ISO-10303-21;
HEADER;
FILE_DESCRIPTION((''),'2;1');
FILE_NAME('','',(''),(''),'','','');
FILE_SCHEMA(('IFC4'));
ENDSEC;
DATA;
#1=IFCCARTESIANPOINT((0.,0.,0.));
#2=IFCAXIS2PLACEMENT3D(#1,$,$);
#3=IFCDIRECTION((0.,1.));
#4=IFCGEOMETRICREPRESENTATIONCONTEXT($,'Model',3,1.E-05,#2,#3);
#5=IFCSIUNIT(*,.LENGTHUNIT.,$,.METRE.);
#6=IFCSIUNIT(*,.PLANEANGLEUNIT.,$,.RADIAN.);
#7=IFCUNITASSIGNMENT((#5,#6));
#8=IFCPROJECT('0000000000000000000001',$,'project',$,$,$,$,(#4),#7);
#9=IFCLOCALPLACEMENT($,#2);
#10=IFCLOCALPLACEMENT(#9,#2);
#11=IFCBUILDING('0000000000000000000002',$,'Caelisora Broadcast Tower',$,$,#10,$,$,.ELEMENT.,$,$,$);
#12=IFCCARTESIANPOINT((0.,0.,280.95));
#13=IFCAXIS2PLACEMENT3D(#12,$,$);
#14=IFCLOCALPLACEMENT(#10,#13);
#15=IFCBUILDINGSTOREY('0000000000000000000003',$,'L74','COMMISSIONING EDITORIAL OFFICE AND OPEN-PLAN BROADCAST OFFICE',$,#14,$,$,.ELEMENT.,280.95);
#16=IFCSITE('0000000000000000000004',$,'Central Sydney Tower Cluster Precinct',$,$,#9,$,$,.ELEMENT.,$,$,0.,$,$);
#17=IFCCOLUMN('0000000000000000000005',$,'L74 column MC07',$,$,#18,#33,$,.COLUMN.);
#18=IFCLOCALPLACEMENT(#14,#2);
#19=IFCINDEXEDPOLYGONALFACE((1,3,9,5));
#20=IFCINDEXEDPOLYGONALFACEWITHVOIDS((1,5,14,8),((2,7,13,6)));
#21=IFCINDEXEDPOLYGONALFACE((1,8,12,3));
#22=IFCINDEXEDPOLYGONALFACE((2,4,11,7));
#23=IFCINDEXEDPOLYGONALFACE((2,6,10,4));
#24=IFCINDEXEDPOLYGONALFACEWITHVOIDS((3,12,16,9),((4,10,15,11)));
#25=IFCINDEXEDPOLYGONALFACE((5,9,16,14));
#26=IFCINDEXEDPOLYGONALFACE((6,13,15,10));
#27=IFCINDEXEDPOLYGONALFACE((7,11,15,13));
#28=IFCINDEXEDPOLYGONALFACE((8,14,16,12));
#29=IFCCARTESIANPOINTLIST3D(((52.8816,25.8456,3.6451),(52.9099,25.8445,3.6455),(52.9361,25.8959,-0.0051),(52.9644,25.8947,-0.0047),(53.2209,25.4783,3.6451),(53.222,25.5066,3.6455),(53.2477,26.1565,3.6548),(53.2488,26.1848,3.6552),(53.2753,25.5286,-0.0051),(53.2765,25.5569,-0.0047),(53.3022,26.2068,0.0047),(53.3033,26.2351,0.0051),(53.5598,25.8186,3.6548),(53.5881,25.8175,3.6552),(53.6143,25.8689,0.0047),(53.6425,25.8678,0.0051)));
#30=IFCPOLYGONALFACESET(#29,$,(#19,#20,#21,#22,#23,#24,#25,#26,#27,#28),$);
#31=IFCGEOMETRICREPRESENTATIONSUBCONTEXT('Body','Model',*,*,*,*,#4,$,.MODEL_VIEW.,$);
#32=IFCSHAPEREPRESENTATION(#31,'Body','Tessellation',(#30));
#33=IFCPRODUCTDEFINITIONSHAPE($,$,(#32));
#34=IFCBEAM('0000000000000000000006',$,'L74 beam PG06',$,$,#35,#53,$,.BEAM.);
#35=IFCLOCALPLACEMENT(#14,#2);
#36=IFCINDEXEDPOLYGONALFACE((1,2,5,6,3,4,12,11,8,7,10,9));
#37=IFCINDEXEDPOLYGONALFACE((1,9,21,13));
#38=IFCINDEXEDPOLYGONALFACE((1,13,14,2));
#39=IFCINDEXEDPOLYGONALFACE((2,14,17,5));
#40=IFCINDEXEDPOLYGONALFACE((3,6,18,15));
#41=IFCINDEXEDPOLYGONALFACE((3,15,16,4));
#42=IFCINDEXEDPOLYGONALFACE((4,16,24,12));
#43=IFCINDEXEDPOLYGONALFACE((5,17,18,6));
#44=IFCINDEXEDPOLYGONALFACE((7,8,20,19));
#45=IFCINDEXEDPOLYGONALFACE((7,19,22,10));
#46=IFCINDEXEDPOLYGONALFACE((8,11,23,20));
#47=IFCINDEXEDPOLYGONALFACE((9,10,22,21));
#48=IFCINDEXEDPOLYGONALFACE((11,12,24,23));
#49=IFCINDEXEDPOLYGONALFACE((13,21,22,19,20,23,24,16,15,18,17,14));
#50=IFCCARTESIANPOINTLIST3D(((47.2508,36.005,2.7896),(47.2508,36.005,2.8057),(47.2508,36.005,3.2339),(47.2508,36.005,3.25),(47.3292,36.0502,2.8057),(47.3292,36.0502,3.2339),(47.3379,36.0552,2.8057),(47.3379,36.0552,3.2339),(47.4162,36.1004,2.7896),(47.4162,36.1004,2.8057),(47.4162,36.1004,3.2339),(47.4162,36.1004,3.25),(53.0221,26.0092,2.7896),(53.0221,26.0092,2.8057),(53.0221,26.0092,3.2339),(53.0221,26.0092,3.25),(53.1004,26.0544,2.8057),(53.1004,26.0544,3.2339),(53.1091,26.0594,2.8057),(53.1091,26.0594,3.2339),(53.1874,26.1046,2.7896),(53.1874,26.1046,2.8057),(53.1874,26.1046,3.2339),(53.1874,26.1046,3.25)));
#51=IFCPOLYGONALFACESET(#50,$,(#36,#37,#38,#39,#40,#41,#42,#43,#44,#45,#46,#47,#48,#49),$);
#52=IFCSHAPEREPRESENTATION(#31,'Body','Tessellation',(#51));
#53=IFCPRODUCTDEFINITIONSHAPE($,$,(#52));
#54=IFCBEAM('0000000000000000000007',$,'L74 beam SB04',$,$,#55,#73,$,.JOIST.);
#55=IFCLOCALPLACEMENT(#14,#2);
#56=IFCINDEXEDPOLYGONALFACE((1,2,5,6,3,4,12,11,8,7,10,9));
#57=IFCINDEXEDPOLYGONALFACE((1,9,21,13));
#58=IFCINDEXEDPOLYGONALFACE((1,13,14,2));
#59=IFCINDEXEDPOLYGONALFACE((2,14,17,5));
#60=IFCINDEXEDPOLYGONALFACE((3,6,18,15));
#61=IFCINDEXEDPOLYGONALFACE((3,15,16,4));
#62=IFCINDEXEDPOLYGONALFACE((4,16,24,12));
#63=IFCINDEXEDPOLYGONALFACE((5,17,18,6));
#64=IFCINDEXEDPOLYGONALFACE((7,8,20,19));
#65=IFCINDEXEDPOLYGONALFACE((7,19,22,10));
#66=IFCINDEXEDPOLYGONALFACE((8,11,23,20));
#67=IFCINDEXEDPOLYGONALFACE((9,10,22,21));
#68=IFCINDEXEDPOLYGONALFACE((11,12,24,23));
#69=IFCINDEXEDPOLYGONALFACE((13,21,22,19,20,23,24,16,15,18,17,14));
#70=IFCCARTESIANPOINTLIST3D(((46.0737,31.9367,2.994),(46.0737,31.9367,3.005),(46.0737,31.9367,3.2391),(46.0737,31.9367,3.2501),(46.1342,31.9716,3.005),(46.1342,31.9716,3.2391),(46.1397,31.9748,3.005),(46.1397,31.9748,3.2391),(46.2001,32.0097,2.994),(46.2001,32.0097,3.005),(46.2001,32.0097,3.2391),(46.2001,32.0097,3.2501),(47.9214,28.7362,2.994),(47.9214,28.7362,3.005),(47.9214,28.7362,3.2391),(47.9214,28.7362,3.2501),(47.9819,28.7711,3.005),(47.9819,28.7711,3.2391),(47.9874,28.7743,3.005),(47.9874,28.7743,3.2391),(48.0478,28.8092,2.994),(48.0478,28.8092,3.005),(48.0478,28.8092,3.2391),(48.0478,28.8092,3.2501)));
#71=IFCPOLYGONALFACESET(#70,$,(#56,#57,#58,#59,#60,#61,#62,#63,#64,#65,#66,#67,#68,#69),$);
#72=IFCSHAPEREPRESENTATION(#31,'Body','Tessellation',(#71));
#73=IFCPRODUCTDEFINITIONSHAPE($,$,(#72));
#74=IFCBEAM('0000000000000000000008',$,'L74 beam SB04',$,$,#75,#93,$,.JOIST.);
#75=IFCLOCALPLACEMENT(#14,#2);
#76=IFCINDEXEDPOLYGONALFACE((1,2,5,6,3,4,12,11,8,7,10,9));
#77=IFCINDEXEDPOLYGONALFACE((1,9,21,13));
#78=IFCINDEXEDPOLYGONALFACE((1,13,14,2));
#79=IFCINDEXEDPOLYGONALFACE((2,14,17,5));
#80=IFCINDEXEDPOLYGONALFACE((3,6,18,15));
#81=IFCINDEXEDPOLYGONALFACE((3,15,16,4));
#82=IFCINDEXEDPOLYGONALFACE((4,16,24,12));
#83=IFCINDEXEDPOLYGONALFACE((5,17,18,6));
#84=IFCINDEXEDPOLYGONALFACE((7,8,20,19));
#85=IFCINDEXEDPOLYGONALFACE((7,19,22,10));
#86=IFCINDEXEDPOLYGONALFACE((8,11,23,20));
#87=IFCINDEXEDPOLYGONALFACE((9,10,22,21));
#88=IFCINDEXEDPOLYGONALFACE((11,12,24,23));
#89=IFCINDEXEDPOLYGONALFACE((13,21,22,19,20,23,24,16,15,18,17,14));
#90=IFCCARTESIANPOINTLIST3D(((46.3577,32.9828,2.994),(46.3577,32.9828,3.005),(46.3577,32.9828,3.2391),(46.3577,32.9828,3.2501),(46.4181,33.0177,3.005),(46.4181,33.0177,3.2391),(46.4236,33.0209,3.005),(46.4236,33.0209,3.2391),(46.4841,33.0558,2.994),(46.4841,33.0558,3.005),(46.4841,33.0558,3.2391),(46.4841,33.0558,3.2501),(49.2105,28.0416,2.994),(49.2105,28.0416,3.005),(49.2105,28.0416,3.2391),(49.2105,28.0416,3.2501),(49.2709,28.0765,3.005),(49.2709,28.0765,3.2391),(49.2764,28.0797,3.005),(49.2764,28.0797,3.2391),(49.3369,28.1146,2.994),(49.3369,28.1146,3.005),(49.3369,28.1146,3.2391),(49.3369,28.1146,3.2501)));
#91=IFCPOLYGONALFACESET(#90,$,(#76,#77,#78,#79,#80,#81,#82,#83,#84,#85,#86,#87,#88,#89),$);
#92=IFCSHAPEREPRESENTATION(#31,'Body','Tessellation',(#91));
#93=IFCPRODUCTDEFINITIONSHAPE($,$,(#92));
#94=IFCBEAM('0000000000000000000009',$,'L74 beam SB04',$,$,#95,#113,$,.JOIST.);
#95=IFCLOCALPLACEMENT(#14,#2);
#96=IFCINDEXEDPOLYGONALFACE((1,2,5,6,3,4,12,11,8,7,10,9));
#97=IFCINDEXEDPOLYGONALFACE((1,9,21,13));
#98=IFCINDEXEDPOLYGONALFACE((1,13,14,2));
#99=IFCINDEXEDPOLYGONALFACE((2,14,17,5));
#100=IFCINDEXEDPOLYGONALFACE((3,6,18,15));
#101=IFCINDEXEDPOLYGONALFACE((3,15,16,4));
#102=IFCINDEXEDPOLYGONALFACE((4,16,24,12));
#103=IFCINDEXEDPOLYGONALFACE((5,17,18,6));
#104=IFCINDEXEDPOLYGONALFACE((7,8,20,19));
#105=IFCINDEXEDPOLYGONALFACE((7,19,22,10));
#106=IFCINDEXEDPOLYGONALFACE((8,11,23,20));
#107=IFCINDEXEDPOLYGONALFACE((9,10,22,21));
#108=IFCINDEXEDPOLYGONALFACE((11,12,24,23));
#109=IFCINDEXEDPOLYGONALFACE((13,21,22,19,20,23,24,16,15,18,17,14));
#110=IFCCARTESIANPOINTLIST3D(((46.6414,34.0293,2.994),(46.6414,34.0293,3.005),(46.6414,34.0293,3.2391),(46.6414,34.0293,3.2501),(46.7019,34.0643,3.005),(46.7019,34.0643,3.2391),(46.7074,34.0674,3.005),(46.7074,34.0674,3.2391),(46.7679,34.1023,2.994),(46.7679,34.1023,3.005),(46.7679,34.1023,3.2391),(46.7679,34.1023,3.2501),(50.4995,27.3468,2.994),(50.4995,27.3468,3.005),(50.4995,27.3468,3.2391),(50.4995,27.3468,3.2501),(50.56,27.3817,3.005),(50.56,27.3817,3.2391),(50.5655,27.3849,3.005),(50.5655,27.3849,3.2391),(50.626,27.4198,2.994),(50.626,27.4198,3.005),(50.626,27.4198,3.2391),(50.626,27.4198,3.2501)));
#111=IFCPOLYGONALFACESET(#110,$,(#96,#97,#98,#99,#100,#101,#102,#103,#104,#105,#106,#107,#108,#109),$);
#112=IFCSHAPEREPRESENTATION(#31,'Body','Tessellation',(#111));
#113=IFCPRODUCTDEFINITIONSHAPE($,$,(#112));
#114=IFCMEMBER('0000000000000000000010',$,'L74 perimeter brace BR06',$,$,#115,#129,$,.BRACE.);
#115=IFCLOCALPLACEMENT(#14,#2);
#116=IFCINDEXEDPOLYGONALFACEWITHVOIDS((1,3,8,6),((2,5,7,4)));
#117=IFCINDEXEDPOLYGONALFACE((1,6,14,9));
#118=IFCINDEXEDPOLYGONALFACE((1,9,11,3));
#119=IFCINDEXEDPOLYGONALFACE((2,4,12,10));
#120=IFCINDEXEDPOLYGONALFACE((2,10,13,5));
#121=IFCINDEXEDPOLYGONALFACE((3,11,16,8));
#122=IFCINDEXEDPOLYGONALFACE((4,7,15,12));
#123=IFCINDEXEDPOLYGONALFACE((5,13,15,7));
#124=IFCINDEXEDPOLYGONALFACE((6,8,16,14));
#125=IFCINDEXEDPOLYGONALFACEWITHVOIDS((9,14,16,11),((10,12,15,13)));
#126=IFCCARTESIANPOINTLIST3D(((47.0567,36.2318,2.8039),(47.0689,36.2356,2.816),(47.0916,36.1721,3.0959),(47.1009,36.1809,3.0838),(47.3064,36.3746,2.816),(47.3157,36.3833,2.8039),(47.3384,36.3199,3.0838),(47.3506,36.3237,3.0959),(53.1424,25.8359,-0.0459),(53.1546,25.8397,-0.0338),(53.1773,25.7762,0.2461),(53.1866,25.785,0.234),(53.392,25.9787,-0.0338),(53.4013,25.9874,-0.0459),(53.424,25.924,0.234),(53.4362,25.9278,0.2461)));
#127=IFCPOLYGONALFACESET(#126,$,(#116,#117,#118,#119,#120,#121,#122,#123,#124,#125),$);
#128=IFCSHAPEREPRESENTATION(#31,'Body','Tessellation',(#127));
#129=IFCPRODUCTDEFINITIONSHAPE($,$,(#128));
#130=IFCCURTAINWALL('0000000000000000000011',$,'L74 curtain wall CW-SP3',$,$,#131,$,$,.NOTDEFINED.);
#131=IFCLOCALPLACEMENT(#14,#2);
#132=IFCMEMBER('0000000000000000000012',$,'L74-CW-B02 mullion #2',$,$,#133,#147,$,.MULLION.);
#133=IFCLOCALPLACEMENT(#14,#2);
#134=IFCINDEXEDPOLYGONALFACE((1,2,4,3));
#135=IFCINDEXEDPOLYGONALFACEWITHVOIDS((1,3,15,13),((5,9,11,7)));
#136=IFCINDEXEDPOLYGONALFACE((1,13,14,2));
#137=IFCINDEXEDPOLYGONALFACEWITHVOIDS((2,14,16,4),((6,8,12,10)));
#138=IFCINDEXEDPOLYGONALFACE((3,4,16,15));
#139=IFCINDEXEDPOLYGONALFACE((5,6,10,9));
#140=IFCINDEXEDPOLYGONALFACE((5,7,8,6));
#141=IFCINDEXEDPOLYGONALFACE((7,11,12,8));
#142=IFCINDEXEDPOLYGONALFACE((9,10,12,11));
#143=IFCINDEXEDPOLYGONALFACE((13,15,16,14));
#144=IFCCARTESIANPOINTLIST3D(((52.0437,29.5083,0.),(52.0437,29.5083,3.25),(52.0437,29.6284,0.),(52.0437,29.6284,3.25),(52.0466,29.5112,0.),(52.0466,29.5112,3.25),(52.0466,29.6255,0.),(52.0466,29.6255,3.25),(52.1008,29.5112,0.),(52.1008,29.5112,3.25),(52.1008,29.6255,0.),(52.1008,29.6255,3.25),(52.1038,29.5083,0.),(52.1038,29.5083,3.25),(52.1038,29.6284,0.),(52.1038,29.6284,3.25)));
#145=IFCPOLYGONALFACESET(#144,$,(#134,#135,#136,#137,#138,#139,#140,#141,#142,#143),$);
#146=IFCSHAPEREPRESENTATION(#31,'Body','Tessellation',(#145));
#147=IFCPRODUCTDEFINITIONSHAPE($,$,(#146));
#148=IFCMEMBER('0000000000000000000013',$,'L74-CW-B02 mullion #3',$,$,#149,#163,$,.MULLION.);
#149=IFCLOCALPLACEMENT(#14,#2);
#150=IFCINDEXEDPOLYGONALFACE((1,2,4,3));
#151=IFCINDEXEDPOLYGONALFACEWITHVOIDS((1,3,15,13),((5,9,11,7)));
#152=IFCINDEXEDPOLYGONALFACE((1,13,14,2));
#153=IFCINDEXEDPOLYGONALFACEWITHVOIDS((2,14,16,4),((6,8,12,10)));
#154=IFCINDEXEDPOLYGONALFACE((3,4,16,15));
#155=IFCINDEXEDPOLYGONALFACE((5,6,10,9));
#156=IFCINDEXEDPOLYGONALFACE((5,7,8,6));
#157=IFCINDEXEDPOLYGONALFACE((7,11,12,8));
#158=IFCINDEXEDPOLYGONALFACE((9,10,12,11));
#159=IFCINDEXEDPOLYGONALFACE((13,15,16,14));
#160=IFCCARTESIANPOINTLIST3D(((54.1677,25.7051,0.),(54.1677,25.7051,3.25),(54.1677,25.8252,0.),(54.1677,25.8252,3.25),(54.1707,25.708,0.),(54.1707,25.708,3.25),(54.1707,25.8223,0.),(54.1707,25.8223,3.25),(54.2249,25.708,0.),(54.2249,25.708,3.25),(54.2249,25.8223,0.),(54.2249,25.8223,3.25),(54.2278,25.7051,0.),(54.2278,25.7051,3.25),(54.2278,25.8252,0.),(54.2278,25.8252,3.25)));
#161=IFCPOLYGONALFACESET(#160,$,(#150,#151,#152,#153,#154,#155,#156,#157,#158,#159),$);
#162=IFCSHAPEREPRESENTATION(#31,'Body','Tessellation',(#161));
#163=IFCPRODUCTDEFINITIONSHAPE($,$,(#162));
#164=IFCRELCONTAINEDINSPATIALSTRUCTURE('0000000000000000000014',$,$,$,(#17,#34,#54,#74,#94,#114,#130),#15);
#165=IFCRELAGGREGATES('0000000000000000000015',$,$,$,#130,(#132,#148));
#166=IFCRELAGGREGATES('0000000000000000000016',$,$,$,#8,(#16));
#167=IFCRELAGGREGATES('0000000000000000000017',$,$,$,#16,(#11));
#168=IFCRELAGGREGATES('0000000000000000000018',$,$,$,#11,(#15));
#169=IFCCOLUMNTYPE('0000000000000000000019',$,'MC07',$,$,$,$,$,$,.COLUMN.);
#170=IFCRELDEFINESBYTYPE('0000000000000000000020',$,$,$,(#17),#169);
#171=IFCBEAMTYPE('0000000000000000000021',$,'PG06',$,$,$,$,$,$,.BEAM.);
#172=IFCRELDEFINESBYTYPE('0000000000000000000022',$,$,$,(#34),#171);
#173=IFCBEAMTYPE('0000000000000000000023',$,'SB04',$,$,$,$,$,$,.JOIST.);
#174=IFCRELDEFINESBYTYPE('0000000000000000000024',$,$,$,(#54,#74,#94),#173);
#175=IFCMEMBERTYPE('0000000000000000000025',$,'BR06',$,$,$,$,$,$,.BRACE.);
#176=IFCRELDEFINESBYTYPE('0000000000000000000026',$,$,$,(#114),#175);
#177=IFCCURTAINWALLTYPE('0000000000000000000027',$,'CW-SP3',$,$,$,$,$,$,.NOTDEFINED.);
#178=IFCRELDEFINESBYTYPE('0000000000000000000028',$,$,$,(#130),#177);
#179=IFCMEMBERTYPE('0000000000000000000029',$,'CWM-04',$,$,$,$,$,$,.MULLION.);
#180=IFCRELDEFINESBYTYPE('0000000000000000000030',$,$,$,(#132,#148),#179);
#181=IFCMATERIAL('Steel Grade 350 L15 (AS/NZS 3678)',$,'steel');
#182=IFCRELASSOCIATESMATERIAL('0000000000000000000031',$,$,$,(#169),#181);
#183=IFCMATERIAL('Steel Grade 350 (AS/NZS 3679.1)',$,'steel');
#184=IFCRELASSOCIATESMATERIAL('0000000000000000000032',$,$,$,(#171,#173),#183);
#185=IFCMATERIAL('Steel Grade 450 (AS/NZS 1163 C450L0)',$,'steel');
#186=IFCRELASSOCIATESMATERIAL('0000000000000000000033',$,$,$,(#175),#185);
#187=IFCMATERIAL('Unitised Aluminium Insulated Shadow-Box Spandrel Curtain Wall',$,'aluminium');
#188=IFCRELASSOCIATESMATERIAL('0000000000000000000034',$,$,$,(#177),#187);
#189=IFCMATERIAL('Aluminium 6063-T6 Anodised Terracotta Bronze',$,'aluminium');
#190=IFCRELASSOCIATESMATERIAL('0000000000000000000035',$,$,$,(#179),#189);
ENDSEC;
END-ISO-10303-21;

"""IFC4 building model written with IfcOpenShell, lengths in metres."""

from ifc_helpers import new_model, si_unit, direction, frame, origin, origin_2d, place, context, subcontext, project, spatial, hollow_rectangle, i_section, extrude, source, transform, mapped, material, material_profile, profile_set, type_object, type_shapes, element, aggregate, save


model = new_model("IFC4")

# Units and contexts
model_context = context("Model", 3, precision=1e-05, world=origin(), true_north=direction((0.0, 1.0)))
body_context = subcontext(model_context, "Body", "Model", "MODEL_VIEW")
ifc_project = project(units=[si_unit("LENGTHUNIT", "METRE"), si_unit("PLANEANGLEUNIT", "RADIAN")], contexts=[model_context])

# Site, building, storey
site_placement = place(None, origin())
site = spatial("IfcSite", under=ifc_project, at=site_placement, Name="Central Sydney Tower Cluster Precinct", CompositionType="ELEMENT", RefElevation=0.0)
building_placement = place(site_placement, origin())
building = spatial("IfcBuilding", under=site, at=building_placement, Name="Caelisora Broadcast Tower", CompositionType="ELEMENT")
storey_placement = place(building_placement, frame((0.0, 0.0, 280.95)))
storey = spatial("IfcBuildingStorey", under=building, at=storey_placement, Name="L74", Description="COMMISSIONING EDITORIAL OFFICE AND OPEN-PLAN BROADCAST OFFICE", CompositionType="ELEMENT", Elevation=280.95)

# Column
ifc_material_1 = material(Name="Steel Grade 350 L15 (AS/NZS 3678)", Category="steel")
ifc_material_profile_1 = material_profile(ifc_material_1, hollow_rectangle(XDim=0.5, YDim=0.5, WallThickness=0.02, at=origin_2d()), Name="Steel Grade 350 L15 (AS/NZS 3678)")
ifc_profile_set_1 = profile_set([ifc_material_profile_1], Name="Steel Grade 350 L15 (AS/NZS 3678)")
column_type = type_object("IfcColumnType", Name="MC07", PredefinedType="COLUMN", material=ifc_profile_set_1)
shared_shape_1 = source(origin(), body_context, "Body", "SweptSolid", [
    extrude(hollow_rectangle(XDim=0.5, YDim=0.5, WallThickness=0.02, at=origin_2d()), origin(), (0.0, 0.0, 1.0), 3.6509),
])
type_shapes(column_type, [shared_shape_1])
column_placement = place(storey_placement, frame((53.2893, 25.8818, 0.0), z_axis=(-0.014912, -0.013776, 0.999794), x_axis=(0.678554, -0.734551, 0.0)))
element("IfcColumn", 1, at=column_placement, inside=storey, type_object=column_type, Name="L74 column MC07", PredefinedType="COLUMN", context=body_context, shape_type="MappedRepresentation", body=[
    mapped(shared_shape_1, transform((0.0, 0.0, 0.0), scale=1.0)),
])

# Beams
ifc_material_2 = material(Name="Steel Grade 350 (AS/NZS 3679.1)", Category="steel")
ifc_material_profile_2 = material_profile(ifc_material_2, i_section(OverallWidth=0.1909, OverallDepth=0.4604, WebThickness=0.01, FlangeThickness=0.0161, at=origin_2d()), Name="Steel Grade 350 (AS/NZS 3679.1)")
ifc_profile_set_2 = profile_set([ifc_material_profile_2], Name="Steel Grade 350 (AS/NZS 3679.1)")
beam_type_1 = type_object("IfcBeamType", Name="PG06", PredefinedType="BEAM", material=ifc_profile_set_2)
shared_shape_2 = source(origin(), body_context, "Body", "SweptSolid", [
    extrude(i_section(OverallWidth=0.1909, OverallDepth=0.4604, WebThickness=0.01, FlangeThickness=0.0161, at=origin_2d()), origin(), (0.0, 0.0, 1.0), 11.5422),
])
type_shapes(beam_type_1, [shared_shape_2])
beam_1_placement = place(storey_placement, frame((53.1047, 26.0569, 3.0198), z_axis=(-0.500009, 0.86602, 0.0), x_axis=(-0.86602, -0.500009, 0.0)))
element("IfcBeam", 2, at=beam_1_placement, inside=storey, type_object=beam_type_1, Name="L74 beam PG06", PredefinedType="BEAM", context=body_context, shape_type="MappedRepresentation", body=[
    mapped(shared_shape_2, transform((0.0, 0.0, 0.0), scale=1.0)),
])
ifc_material_profile_3 = material_profile(ifc_material_2, i_section(OverallWidth=0.146, OverallDepth=0.2561, WebThickness=0.0063, FlangeThickness=0.011, at=origin_2d()), Name="Steel Grade 350 (AS/NZS 3679.1)")
ifc_profile_set_3 = profile_set([ifc_material_profile_3], Name="Steel Grade 350 (AS/NZS 3679.1)")
beam_type_2 = type_object("IfcBeamType", Name="SB04", PredefinedType="JOIST", material=ifc_profile_set_3)
shared_shape_3 = source(origin(), body_context, "Body", "SweptSolid", [
    extrude(i_section(OverallWidth=0.146, OverallDepth=0.2561, WebThickness=0.0063, FlangeThickness=0.011, at=origin_2d()), origin(), (0.0, 0.0, 1.0), 3.6956),
])
beam_2_placement = place(storey_placement, frame((47.9846, 28.7727, 3.1221), z_axis=(-0.499976, 0.866039, 0.0), x_axis=(-0.866039, -0.499976, 0.0)))
element("IfcBeam", 3, at=beam_2_placement, inside=storey, type_object=beam_type_2, Name="L74 beam SB04", PredefinedType="JOIST", context=body_context, shape_type="MappedRepresentation", body=[
    mapped(shared_shape_3, transform((0.0, 0.0, 0.0), scale=1.0)),
])
shared_shape_4 = source(origin(), body_context, "Body", "SweptSolid", [
    extrude(i_section(OverallWidth=0.146, OverallDepth=0.2561, WebThickness=0.0063, FlangeThickness=0.011, at=origin_2d()), origin(), (0.0, 0.0, 1.0), 5.7056),
])
beam_3_placement = place(storey_placement, frame((49.2737, 28.0781, 3.1221), z_axis=(-0.5, 0.866025, 0.0), x_axis=(-0.866025, -0.5, 0.0)))
element("IfcBeam", 4, at=beam_3_placement, inside=storey, type_object=beam_type_2, Name="L74 beam SB04", PredefinedType="JOIST", context=body_context, shape_type="MappedRepresentation", body=[
    mapped(shared_shape_4, transform((0.0, 0.0, 0.0), scale=1.0)),
])
shared_shape_5 = source(origin(), body_context, "Body", "SweptSolid", [
    extrude(i_section(OverallWidth=0.146, OverallDepth=0.2561, WebThickness=0.0063, FlangeThickness=0.011, at=origin_2d()), origin(), (0.0, 0.0, 1.0), 7.7163),
])
type_shapes(beam_type_2, [shared_shape_3, shared_shape_4, shared_shape_5])
beam_4_placement = place(storey_placement, frame((50.5627, 27.3833, 3.1221), z_axis=(-0.499995, 0.866029, 0.0), x_axis=(-0.866029, -0.499995, 0.0)))
element("IfcBeam", 5, at=beam_4_placement, inside=storey, type_object=beam_type_2, Name="L74 beam SB04", PredefinedType="JOIST", context=body_context, shape_type="MappedRepresentation", body=[
    mapped(shared_shape_5, transform((0.0, 0.0, 0.0), scale=1.0)),
])

# Member
ifc_material_3 = material(Name="Steel Grade 450 (AS/NZS 1163 C450L0)", Category="steel")
ifc_material_profile_4 = material_profile(ifc_material_3, hollow_rectangle(XDim=0.3, YDim=0.3, WallThickness=0.0125, at=origin_2d()), Name="Steel Grade 450 (AS/NZS 1163 C450L0)")
ifc_profile_set_4 = profile_set([ifc_material_profile_4], Name="Steel Grade 450 (AS/NZS 1163 C450L0)")
member_type_1 = type_object("IfcMemberType", Name="BR06", PredefinedType="BRACE", material=ifc_profile_set_4)
shared_shape_6 = source(origin(), body_context, "Body", "SweptSolid", [
    extrude(hollow_rectangle(XDim=0.3, YDim=0.3, WallThickness=0.0125, at=origin_2d()), origin(), (0.0, 0.0, 1.0), 12.3787),
])
type_shapes(member_type_1, [shared_shape_6])
member_1_placement = place(storey_placement, frame((53.2893, 25.8818, 0.1001), z_axis=(-0.491623, 0.839824, 0.230221), x_axis=(-0.863006, -0.505194, 0.0)))
element("IfcMember", 6, at=member_1_placement, inside=storey, type_object=member_type_1, Name="L74 perimeter brace BR06", PredefinedType="BRACE", context=body_context, shape_type="MappedRepresentation", body=[
    mapped(shared_shape_6, transform((0.0, 0.0, 0.0), scale=1.0)),
])

# Curtain wall, members
ifc_material_4 = material(Name="Unitised Aluminium Insulated Shadow-Box Spandrel Curtain Wall", Category="aluminium")
curtain_wall_type_1 = type_object("IfcCurtainWallType", Name="CW-SP3", PredefinedType="NOTDEFINED", material=ifc_material_4)
curtain_wall_1_placement = place(storey_placement, origin())
curtain_wall_1 = element("IfcCurtainWall", 7, at=curtain_wall_1_placement, inside=storey, type_object=curtain_wall_type_1, Name="L74 curtain wall CW-SP3", PredefinedType="NOTDEFINED")
ifc_material_5 = material(Name="Aluminium 6063-T6 Anodised Terracotta Bronze", Category="aluminium")
ifc_material_profile_5 = material_profile(ifc_material_5, hollow_rectangle(XDim=0.0601, YDim=0.1201, WallThickness=0.0029, at=origin_2d()), Name="Aluminium 6063-T6 Anodised Terracotta Bronze")
ifc_profile_set_5 = profile_set([ifc_material_profile_5], Name="Aluminium 6063-T6 Anodised Terracotta Bronze")
member_type_2 = type_object("IfcMemberType", Name="CWM-04", PredefinedType="MULLION", material=ifc_profile_set_5)
shared_shape_7 = source(origin(), body_context, "Body", "SweptSolid", [
    extrude(hollow_rectangle(XDim=0.0601, YDim=0.1201, WallThickness=0.0029, at=origin_2d()), origin(), (0.0, 0.0, 1.0), 3.25),
])
type_shapes(member_type_2, [shared_shape_7])
member_2_placement = place(storey_placement, frame((52.0737, 29.5684, 0.0), z_axis=(0.0, 0.0, 1.0), x_axis=(1.0, 0.0, 0.0)))
member_2 = element("IfcMember", 8, at=member_2_placement, type_object=member_type_2, Name="L74-CW-B02 mullion #2", PredefinedType="MULLION", context=body_context, shape_type="MappedRepresentation", body=[
    mapped(shared_shape_7, transform((0.0, 0.0, 0.0), scale=1.0)),
])
member_3_placement = place(storey_placement, frame((54.1978, 25.7651, 0.0), z_axis=(0.0, 0.0, 1.0), x_axis=(1.0, 0.0, 0.0)))
member_3 = element("IfcMember", 9, at=member_3_placement, type_object=member_type_2, Name="L74-CW-B02 mullion #3", PredefinedType="MULLION", context=body_context, shape_type="MappedRepresentation", body=[
    mapped(shared_shape_7, transform((0.0, 0.0, 0.0), scale=1.0)),
])

aggregate(curtain_wall_1, [member_2, member_3])

save(model, "model.ifc")
